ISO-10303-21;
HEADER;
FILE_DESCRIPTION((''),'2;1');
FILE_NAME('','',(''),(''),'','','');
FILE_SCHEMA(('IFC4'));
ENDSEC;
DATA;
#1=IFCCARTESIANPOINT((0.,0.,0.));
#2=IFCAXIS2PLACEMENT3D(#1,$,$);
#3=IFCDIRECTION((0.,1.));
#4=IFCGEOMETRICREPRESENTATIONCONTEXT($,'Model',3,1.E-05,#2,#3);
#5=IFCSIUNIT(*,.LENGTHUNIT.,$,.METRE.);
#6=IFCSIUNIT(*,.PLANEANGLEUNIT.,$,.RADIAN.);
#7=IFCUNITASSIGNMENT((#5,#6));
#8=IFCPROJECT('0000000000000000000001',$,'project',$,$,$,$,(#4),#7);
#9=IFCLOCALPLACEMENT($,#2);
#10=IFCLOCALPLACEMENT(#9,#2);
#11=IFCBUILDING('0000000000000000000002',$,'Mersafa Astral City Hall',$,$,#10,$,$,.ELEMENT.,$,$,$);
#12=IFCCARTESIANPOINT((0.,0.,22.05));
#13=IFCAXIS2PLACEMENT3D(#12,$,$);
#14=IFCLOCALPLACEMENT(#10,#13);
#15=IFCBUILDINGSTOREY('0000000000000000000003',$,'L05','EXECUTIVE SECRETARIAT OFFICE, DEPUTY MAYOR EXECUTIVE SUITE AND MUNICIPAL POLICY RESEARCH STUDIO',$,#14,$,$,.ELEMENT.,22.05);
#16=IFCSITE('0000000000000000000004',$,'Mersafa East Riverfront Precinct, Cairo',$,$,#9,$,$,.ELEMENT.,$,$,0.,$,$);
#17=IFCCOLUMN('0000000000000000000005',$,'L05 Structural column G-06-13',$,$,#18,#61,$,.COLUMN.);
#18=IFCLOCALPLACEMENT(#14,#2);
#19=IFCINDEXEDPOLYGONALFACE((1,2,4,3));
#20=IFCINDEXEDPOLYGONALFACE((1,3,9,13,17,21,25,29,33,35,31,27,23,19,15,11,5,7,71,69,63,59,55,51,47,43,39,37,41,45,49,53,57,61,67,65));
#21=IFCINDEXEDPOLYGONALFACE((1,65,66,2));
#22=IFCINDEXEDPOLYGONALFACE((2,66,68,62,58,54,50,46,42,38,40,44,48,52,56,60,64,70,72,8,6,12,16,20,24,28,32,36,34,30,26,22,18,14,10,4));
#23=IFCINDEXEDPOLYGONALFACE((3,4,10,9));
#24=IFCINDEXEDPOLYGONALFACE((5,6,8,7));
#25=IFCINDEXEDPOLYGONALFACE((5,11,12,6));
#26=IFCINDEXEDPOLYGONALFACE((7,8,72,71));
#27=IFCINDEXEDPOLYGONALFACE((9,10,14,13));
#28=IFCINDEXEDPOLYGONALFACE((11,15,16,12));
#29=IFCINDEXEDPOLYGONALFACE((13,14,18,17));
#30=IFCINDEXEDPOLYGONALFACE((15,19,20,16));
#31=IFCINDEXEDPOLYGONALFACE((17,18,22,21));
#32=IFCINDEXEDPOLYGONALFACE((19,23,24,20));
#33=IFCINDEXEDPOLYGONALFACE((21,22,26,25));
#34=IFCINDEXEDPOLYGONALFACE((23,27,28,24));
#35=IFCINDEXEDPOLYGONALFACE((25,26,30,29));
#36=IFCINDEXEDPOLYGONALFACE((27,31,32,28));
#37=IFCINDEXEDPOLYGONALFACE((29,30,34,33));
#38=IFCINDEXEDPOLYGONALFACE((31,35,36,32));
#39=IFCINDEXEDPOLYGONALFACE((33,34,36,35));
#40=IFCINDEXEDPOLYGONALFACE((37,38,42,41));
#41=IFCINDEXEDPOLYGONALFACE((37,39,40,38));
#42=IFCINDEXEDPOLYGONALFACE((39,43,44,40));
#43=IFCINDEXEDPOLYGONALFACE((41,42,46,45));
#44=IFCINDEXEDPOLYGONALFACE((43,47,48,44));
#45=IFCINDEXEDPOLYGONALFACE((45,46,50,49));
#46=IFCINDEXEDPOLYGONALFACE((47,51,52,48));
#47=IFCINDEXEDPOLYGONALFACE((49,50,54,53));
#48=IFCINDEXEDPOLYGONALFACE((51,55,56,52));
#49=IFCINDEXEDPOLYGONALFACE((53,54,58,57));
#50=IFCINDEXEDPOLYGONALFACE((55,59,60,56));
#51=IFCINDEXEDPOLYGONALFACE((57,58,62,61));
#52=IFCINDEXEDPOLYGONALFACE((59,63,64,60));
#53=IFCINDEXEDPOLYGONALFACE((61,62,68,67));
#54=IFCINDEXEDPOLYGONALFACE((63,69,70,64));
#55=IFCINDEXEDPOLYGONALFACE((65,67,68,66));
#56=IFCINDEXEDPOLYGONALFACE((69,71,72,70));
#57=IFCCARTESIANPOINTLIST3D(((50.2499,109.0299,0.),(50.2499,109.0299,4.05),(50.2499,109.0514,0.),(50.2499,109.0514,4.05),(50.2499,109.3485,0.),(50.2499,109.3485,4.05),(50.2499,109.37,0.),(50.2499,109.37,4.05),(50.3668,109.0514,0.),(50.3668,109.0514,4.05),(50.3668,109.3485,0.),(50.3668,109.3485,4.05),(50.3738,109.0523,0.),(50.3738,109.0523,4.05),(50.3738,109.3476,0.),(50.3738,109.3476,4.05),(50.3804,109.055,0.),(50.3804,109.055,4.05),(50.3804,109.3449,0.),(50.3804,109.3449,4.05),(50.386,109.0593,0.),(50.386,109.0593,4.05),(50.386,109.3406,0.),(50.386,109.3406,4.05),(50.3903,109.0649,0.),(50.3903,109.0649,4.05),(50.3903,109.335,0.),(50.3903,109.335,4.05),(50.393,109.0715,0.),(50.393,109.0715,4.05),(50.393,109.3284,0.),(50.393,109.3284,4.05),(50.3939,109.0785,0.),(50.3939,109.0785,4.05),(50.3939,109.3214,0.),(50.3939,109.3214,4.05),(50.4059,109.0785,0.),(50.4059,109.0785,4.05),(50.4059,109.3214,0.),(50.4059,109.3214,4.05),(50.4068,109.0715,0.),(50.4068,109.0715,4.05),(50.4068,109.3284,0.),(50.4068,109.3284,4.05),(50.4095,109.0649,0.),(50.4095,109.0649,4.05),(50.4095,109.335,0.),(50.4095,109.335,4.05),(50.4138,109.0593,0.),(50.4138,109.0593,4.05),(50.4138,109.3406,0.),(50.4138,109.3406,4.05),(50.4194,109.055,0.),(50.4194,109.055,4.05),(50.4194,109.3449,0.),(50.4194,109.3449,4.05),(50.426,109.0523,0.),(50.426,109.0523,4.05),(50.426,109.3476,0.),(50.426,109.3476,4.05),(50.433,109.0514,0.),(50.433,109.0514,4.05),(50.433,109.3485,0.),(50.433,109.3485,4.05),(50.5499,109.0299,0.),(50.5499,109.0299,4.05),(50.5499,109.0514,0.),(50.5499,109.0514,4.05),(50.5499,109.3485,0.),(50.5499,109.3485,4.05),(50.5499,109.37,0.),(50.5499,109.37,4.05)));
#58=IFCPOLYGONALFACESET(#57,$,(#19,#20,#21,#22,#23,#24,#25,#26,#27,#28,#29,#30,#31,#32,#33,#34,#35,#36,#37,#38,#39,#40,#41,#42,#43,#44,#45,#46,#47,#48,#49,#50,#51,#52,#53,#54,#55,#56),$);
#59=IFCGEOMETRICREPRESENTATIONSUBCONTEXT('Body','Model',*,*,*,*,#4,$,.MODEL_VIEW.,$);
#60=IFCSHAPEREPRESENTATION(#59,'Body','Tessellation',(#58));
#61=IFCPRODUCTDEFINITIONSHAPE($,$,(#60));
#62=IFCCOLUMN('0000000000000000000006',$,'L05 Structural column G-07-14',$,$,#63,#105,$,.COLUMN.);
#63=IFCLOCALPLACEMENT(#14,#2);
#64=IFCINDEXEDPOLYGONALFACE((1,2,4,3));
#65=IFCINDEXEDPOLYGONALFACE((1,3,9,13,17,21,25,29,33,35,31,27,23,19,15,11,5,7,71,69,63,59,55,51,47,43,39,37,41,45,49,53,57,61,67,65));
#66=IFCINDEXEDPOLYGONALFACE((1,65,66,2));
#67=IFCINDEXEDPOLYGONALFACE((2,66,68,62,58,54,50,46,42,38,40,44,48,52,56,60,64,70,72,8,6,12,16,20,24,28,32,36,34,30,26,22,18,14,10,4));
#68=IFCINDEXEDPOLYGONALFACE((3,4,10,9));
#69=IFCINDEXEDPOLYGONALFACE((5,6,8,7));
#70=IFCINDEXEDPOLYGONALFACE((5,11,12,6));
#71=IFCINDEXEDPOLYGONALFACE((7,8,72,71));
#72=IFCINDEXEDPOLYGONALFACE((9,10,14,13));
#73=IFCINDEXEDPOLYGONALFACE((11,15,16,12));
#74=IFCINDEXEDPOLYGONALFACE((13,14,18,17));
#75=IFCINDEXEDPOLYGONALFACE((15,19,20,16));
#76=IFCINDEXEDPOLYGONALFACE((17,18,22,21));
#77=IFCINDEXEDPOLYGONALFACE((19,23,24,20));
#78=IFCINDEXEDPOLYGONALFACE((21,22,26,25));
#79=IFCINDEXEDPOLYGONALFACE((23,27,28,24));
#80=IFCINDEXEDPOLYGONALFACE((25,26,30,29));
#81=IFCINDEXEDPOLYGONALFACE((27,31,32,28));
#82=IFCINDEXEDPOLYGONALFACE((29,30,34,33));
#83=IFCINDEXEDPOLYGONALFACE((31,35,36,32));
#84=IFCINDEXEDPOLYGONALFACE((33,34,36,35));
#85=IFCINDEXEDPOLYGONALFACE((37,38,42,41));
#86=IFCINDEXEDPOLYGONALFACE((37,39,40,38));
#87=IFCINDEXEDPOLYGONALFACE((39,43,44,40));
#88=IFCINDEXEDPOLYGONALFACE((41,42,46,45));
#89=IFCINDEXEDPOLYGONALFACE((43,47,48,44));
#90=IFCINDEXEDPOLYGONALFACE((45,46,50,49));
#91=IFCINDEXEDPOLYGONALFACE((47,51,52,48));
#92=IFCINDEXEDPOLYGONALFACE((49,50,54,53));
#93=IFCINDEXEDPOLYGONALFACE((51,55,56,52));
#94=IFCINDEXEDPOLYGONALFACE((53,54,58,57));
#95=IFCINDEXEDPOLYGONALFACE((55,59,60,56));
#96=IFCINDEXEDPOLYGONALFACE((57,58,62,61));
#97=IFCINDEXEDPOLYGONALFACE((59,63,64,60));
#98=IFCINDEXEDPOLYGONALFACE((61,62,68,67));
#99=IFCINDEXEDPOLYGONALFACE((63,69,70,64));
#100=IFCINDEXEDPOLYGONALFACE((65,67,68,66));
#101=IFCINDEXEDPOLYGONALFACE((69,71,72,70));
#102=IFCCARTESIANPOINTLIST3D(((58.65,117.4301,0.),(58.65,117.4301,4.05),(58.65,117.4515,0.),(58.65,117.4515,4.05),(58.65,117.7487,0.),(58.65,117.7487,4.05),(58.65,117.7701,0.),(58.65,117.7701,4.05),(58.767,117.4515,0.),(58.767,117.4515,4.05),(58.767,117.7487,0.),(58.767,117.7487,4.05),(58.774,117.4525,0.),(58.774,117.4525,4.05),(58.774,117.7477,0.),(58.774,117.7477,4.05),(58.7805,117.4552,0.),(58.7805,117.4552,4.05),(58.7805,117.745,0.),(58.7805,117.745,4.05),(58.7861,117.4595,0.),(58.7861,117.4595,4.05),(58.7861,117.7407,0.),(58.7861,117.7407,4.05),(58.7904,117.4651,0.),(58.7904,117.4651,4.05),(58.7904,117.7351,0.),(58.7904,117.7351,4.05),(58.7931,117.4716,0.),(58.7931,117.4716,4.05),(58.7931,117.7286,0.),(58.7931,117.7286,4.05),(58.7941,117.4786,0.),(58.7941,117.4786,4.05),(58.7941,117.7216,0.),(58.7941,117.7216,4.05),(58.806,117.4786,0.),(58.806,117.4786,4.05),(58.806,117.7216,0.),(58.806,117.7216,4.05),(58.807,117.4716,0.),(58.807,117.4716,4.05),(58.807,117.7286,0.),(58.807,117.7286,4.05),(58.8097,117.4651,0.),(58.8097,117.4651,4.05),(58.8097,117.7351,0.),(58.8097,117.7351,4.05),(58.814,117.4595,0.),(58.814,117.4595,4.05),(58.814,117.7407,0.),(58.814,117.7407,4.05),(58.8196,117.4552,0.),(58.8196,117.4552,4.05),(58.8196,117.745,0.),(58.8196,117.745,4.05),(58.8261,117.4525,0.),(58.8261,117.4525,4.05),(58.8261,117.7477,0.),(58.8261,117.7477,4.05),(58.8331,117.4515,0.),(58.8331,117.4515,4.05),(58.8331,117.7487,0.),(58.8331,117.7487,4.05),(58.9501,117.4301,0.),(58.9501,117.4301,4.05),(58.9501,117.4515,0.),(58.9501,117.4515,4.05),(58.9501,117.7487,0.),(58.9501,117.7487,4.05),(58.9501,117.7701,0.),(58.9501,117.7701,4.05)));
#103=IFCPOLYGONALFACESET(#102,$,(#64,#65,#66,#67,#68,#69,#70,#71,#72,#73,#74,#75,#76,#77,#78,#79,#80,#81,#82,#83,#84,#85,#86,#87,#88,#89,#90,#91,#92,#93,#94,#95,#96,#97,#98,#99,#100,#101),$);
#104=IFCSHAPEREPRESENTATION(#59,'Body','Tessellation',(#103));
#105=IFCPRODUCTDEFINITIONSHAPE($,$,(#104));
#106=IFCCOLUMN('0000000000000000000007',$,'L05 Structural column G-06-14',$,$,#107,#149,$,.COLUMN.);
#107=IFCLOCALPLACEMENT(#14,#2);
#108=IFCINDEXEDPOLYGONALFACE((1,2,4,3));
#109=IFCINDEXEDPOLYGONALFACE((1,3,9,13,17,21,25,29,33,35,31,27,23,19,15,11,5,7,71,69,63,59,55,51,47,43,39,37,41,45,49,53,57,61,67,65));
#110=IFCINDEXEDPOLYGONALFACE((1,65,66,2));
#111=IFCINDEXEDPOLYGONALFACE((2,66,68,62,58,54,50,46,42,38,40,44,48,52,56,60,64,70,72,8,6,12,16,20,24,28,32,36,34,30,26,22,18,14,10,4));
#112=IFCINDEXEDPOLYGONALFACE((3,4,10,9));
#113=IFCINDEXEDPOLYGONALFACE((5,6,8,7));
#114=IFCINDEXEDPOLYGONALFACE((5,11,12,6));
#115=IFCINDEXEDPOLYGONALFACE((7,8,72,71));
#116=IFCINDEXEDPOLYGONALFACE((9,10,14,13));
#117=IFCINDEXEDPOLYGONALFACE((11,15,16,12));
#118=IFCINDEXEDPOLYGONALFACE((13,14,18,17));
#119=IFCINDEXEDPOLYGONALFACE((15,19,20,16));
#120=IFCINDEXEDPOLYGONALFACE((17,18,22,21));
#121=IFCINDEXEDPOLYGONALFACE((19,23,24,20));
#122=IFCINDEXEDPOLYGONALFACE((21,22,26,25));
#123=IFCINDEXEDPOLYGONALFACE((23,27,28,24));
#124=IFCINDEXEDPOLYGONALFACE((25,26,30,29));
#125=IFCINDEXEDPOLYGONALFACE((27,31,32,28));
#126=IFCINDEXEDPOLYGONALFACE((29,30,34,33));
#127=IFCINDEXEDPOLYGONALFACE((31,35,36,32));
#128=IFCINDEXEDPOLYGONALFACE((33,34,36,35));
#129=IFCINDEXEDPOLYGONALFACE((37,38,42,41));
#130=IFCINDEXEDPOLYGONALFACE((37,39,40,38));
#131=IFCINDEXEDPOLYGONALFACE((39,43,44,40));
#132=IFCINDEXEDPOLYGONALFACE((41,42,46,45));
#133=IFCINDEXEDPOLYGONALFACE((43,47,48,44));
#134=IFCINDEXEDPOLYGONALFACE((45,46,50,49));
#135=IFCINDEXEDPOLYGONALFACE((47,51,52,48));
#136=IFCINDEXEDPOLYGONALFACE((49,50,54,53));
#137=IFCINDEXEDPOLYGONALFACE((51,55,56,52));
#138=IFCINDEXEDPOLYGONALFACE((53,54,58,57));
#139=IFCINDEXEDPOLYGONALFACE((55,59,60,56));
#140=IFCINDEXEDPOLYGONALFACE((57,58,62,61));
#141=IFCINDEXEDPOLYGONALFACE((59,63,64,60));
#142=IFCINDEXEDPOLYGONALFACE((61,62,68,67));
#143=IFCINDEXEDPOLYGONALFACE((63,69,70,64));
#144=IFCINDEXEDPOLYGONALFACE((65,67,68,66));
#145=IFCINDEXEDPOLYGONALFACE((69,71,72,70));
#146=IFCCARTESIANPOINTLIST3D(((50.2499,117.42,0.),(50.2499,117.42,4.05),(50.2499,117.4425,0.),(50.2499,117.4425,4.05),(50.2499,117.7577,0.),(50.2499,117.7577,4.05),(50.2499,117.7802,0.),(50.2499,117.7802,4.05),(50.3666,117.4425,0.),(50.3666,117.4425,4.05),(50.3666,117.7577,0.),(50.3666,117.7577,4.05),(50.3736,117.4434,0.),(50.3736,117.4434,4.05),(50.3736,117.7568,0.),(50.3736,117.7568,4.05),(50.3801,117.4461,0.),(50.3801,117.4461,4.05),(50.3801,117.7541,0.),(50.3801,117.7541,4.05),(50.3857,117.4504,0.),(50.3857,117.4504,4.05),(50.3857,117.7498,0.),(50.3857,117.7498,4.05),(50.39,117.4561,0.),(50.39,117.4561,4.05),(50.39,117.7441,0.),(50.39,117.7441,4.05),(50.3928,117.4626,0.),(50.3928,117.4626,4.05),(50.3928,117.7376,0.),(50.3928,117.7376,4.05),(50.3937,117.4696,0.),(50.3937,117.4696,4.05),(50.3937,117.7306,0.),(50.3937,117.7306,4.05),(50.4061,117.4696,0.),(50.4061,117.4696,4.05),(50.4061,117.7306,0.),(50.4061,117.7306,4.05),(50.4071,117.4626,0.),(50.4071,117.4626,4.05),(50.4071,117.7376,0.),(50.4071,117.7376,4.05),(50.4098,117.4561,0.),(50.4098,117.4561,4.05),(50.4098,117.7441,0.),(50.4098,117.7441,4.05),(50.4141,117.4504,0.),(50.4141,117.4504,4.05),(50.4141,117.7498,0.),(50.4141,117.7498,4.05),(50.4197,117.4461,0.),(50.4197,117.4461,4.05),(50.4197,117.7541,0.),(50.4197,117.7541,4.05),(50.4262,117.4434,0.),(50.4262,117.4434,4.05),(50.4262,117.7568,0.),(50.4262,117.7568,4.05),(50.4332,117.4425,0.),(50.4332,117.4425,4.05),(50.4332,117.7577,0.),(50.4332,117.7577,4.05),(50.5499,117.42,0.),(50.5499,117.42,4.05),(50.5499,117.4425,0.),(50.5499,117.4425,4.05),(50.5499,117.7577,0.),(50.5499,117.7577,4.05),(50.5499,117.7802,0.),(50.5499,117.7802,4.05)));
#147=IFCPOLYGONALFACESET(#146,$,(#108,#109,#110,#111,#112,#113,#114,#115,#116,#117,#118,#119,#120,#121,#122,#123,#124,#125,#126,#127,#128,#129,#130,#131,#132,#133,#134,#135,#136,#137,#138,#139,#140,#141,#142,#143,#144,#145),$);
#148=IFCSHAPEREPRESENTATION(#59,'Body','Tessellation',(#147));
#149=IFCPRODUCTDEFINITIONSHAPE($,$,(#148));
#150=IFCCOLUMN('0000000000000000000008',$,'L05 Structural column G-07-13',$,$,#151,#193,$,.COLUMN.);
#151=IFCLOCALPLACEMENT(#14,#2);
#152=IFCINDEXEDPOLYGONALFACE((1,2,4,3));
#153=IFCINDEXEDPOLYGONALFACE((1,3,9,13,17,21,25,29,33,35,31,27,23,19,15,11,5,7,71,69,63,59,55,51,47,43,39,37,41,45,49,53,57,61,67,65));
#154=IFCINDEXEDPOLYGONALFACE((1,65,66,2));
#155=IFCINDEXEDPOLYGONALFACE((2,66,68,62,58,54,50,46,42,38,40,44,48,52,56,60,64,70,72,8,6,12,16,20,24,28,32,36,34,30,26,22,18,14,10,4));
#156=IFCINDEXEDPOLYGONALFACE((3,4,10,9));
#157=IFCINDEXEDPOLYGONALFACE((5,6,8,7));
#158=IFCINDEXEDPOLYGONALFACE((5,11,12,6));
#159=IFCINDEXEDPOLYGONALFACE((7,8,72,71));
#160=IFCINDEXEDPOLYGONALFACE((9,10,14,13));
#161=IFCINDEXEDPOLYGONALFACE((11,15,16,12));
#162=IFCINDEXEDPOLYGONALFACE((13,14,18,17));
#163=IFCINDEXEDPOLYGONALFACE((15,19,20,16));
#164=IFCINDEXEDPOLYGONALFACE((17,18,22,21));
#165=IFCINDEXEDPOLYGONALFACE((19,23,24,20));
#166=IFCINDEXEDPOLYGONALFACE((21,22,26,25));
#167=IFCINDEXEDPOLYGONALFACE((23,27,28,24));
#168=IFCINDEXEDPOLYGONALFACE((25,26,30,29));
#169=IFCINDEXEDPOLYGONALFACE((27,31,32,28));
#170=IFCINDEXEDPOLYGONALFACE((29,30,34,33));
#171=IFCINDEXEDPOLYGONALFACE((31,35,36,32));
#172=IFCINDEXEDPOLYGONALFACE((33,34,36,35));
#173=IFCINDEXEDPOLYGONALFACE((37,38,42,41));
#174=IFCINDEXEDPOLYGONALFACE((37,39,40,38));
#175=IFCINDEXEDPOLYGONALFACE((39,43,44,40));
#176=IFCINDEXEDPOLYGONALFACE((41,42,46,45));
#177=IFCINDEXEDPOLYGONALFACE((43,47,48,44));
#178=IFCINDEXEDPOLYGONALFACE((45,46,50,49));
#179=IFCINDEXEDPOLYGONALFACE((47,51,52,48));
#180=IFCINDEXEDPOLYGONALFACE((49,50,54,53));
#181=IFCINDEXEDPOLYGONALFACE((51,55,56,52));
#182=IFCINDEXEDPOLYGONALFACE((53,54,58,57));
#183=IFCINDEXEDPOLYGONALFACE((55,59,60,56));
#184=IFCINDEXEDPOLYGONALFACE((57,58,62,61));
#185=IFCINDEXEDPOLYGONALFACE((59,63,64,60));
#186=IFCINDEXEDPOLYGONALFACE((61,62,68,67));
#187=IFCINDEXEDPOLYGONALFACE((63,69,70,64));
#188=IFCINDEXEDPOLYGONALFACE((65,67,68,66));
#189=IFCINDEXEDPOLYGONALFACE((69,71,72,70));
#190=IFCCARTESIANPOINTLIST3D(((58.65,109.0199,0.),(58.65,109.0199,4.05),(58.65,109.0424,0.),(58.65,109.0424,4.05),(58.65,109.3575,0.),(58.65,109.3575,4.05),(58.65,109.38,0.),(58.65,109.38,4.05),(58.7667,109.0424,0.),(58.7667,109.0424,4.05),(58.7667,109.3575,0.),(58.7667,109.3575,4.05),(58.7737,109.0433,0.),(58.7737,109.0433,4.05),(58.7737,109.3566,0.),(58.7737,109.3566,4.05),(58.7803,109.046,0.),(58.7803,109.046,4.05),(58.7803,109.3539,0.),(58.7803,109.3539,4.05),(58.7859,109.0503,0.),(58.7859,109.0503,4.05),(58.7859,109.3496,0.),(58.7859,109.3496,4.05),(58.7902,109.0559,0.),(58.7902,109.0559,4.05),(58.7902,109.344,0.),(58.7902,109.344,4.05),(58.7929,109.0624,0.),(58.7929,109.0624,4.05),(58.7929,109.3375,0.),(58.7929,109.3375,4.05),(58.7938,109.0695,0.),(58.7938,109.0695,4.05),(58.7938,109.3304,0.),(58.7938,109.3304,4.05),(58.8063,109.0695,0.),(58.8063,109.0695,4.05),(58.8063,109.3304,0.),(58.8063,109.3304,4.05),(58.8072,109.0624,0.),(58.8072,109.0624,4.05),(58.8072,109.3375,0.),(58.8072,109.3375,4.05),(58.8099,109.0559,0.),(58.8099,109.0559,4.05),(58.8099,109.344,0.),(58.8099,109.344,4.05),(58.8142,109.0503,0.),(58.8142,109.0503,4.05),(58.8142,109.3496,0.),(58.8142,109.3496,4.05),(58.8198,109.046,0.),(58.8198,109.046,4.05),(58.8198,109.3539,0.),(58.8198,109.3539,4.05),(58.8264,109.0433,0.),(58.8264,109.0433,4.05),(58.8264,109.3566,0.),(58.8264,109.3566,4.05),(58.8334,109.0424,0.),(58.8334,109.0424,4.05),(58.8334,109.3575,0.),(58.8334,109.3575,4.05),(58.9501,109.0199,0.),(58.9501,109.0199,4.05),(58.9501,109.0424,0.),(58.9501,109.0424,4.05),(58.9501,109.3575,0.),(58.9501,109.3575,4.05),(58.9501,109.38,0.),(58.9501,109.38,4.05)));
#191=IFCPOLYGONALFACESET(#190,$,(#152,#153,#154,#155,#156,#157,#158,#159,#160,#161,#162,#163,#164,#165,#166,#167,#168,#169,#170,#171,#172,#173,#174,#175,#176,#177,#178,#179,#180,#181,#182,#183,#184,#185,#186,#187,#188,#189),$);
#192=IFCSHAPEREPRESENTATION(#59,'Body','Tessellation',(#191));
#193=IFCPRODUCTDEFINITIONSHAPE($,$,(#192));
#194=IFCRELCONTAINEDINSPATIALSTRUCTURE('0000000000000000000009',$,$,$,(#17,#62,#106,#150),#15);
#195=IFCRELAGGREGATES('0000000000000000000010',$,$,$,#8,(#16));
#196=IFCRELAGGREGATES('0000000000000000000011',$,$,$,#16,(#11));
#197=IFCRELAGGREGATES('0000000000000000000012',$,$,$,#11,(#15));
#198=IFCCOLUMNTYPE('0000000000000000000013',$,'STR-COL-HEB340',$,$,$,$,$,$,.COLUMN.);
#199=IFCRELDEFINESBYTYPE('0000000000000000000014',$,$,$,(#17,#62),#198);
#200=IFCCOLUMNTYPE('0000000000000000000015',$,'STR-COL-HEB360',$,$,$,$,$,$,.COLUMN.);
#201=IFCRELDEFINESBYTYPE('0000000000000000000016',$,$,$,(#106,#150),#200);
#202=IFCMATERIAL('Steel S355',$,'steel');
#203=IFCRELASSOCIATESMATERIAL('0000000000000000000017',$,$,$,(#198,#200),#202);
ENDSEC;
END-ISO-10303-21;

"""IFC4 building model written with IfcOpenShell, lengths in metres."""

from ifc_helpers import new_model, si_unit, direction, frame, origin, origin_2d, place, context, subcontext, project, spatial, i_section, extrude, material, material_profile, profile_set, type_object, element, save


model = new_model("IFC4")

# Units and contexts
model_context = context("Model", 3, precision=1e-05, world=origin(), true_north=direction((0.0, 1.0)))
body_context = subcontext(model_context, "Body", "Model", "MODEL_VIEW")
ifc_project = project(units=[si_unit("LENGTHUNIT", "METRE"), si_unit("PLANEANGLEUNIT", "RADIAN")], contexts=[model_context])

# Site, building, storey
site_placement = place(None, origin())
site = spatial("IfcSite", under=ifc_project, at=site_placement, Name="Mersafa East Riverfront Precinct, Cairo", CompositionType="ELEMENT", RefElevation=0.0)
building_placement = place(site_placement, origin())
building = spatial("IfcBuilding", under=site, at=building_placement, Name="Mersafa Astral City Hall", CompositionType="ELEMENT")
storey_placement = place(building_placement, frame((0.0, 0.0, 22.05)))
storey = spatial("IfcBuildingStorey", under=building, at=storey_placement, Name="L05", Description="EXECUTIVE SECRETARIAT OFFICE, DEPUTY MAYOR EXECUTIVE SUITE AND MUNICIPAL POLICY RESEARCH STUDIO", CompositionType="ELEMENT", Elevation=22.05)

# Columns
ifc_material_1 = material(Name="Steel S355", Category="steel")
ifc_material_profile_1 = material_profile(ifc_material_1, i_section(OverallWidth=0.3, OverallDepth=0.3401, WebThickness=0.012, FlangeThickness=0.0215, FilletRadius=0.0271, at=origin_2d()), Name="HEB 340")
ifc_profile_set_1 = profile_set([ifc_material_profile_1], Name="Steel S355")
column_type_1 = type_object("IfcColumnType", Name="STR-COL-HEB340", PredefinedType="COLUMN", material=ifc_profile_set_1)
for number, where, z_axis, x_axis, name in (
    (1, (50.3999, 109.2, 0.0), (0.0, 0.0, 1.0), (1.0, 0.0, 0.0), "L05 Structural column G-06-13"),
    (2, (58.8, 117.6001, 0.0), (0.0, 0.0, 1.0), (1.0, 0.0, 0.0), "L05 Structural column G-07-14"),
):
    element("IfcColumn", number, at=place(storey_placement, frame(where, z_axis=z_axis, x_axis=x_axis)), inside=storey, type_object=column_type_1, Name=name, PredefinedType="COLUMN", context=body_context, shape_type="SweptSolid", body=[
        extrude(i_section(OverallWidth=0.3, OverallDepth=0.3401, WebThickness=0.012, FlangeThickness=0.0215, FilletRadius=0.0271, at=origin_2d()), origin(), (0.0, 0.0, 1.0), 4.05),
    ])
ifc_material_profile_2 = material_profile(ifc_material_1, i_section(OverallWidth=0.3, OverallDepth=0.3601, WebThickness=0.0125, FlangeThickness=0.0225, FilletRadius=0.0271, at=origin_2d()), Name="HEB 360")
ifc_profile_set_2 = profile_set([ifc_material_profile_2], Name="Steel S355")
column_type_2 = type_object("IfcColumnType", Name="STR-COL-HEB360", PredefinedType="COLUMN", material=ifc_profile_set_2)
for number, where, z_axis, x_axis, name in (
    (3, (50.3999, 117.6001, 0.0), (0.0, 0.0, 1.0), (1.0, 0.0, 0.0), "L05 Structural column G-06-14"),
    (4, (58.8, 109.2, 0.0), (0.0, 0.0, 1.0), (1.0, 0.0, 0.0), "L05 Structural column G-07-13"),
):
    element("IfcColumn", number, at=place(storey_placement, frame(where, z_axis=z_axis, x_axis=x_axis)), inside=storey, type_object=column_type_2, Name=name, PredefinedType="COLUMN", context=body_context, shape_type="SweptSolid", body=[
        extrude(i_section(OverallWidth=0.3, OverallDepth=0.3601, WebThickness=0.0125, FlangeThickness=0.0225, FilletRadius=0.0271, at=origin_2d()), origin(), (0.0, 0.0, 1.0), 4.05),
    ])

save(model, "model.ifc")
